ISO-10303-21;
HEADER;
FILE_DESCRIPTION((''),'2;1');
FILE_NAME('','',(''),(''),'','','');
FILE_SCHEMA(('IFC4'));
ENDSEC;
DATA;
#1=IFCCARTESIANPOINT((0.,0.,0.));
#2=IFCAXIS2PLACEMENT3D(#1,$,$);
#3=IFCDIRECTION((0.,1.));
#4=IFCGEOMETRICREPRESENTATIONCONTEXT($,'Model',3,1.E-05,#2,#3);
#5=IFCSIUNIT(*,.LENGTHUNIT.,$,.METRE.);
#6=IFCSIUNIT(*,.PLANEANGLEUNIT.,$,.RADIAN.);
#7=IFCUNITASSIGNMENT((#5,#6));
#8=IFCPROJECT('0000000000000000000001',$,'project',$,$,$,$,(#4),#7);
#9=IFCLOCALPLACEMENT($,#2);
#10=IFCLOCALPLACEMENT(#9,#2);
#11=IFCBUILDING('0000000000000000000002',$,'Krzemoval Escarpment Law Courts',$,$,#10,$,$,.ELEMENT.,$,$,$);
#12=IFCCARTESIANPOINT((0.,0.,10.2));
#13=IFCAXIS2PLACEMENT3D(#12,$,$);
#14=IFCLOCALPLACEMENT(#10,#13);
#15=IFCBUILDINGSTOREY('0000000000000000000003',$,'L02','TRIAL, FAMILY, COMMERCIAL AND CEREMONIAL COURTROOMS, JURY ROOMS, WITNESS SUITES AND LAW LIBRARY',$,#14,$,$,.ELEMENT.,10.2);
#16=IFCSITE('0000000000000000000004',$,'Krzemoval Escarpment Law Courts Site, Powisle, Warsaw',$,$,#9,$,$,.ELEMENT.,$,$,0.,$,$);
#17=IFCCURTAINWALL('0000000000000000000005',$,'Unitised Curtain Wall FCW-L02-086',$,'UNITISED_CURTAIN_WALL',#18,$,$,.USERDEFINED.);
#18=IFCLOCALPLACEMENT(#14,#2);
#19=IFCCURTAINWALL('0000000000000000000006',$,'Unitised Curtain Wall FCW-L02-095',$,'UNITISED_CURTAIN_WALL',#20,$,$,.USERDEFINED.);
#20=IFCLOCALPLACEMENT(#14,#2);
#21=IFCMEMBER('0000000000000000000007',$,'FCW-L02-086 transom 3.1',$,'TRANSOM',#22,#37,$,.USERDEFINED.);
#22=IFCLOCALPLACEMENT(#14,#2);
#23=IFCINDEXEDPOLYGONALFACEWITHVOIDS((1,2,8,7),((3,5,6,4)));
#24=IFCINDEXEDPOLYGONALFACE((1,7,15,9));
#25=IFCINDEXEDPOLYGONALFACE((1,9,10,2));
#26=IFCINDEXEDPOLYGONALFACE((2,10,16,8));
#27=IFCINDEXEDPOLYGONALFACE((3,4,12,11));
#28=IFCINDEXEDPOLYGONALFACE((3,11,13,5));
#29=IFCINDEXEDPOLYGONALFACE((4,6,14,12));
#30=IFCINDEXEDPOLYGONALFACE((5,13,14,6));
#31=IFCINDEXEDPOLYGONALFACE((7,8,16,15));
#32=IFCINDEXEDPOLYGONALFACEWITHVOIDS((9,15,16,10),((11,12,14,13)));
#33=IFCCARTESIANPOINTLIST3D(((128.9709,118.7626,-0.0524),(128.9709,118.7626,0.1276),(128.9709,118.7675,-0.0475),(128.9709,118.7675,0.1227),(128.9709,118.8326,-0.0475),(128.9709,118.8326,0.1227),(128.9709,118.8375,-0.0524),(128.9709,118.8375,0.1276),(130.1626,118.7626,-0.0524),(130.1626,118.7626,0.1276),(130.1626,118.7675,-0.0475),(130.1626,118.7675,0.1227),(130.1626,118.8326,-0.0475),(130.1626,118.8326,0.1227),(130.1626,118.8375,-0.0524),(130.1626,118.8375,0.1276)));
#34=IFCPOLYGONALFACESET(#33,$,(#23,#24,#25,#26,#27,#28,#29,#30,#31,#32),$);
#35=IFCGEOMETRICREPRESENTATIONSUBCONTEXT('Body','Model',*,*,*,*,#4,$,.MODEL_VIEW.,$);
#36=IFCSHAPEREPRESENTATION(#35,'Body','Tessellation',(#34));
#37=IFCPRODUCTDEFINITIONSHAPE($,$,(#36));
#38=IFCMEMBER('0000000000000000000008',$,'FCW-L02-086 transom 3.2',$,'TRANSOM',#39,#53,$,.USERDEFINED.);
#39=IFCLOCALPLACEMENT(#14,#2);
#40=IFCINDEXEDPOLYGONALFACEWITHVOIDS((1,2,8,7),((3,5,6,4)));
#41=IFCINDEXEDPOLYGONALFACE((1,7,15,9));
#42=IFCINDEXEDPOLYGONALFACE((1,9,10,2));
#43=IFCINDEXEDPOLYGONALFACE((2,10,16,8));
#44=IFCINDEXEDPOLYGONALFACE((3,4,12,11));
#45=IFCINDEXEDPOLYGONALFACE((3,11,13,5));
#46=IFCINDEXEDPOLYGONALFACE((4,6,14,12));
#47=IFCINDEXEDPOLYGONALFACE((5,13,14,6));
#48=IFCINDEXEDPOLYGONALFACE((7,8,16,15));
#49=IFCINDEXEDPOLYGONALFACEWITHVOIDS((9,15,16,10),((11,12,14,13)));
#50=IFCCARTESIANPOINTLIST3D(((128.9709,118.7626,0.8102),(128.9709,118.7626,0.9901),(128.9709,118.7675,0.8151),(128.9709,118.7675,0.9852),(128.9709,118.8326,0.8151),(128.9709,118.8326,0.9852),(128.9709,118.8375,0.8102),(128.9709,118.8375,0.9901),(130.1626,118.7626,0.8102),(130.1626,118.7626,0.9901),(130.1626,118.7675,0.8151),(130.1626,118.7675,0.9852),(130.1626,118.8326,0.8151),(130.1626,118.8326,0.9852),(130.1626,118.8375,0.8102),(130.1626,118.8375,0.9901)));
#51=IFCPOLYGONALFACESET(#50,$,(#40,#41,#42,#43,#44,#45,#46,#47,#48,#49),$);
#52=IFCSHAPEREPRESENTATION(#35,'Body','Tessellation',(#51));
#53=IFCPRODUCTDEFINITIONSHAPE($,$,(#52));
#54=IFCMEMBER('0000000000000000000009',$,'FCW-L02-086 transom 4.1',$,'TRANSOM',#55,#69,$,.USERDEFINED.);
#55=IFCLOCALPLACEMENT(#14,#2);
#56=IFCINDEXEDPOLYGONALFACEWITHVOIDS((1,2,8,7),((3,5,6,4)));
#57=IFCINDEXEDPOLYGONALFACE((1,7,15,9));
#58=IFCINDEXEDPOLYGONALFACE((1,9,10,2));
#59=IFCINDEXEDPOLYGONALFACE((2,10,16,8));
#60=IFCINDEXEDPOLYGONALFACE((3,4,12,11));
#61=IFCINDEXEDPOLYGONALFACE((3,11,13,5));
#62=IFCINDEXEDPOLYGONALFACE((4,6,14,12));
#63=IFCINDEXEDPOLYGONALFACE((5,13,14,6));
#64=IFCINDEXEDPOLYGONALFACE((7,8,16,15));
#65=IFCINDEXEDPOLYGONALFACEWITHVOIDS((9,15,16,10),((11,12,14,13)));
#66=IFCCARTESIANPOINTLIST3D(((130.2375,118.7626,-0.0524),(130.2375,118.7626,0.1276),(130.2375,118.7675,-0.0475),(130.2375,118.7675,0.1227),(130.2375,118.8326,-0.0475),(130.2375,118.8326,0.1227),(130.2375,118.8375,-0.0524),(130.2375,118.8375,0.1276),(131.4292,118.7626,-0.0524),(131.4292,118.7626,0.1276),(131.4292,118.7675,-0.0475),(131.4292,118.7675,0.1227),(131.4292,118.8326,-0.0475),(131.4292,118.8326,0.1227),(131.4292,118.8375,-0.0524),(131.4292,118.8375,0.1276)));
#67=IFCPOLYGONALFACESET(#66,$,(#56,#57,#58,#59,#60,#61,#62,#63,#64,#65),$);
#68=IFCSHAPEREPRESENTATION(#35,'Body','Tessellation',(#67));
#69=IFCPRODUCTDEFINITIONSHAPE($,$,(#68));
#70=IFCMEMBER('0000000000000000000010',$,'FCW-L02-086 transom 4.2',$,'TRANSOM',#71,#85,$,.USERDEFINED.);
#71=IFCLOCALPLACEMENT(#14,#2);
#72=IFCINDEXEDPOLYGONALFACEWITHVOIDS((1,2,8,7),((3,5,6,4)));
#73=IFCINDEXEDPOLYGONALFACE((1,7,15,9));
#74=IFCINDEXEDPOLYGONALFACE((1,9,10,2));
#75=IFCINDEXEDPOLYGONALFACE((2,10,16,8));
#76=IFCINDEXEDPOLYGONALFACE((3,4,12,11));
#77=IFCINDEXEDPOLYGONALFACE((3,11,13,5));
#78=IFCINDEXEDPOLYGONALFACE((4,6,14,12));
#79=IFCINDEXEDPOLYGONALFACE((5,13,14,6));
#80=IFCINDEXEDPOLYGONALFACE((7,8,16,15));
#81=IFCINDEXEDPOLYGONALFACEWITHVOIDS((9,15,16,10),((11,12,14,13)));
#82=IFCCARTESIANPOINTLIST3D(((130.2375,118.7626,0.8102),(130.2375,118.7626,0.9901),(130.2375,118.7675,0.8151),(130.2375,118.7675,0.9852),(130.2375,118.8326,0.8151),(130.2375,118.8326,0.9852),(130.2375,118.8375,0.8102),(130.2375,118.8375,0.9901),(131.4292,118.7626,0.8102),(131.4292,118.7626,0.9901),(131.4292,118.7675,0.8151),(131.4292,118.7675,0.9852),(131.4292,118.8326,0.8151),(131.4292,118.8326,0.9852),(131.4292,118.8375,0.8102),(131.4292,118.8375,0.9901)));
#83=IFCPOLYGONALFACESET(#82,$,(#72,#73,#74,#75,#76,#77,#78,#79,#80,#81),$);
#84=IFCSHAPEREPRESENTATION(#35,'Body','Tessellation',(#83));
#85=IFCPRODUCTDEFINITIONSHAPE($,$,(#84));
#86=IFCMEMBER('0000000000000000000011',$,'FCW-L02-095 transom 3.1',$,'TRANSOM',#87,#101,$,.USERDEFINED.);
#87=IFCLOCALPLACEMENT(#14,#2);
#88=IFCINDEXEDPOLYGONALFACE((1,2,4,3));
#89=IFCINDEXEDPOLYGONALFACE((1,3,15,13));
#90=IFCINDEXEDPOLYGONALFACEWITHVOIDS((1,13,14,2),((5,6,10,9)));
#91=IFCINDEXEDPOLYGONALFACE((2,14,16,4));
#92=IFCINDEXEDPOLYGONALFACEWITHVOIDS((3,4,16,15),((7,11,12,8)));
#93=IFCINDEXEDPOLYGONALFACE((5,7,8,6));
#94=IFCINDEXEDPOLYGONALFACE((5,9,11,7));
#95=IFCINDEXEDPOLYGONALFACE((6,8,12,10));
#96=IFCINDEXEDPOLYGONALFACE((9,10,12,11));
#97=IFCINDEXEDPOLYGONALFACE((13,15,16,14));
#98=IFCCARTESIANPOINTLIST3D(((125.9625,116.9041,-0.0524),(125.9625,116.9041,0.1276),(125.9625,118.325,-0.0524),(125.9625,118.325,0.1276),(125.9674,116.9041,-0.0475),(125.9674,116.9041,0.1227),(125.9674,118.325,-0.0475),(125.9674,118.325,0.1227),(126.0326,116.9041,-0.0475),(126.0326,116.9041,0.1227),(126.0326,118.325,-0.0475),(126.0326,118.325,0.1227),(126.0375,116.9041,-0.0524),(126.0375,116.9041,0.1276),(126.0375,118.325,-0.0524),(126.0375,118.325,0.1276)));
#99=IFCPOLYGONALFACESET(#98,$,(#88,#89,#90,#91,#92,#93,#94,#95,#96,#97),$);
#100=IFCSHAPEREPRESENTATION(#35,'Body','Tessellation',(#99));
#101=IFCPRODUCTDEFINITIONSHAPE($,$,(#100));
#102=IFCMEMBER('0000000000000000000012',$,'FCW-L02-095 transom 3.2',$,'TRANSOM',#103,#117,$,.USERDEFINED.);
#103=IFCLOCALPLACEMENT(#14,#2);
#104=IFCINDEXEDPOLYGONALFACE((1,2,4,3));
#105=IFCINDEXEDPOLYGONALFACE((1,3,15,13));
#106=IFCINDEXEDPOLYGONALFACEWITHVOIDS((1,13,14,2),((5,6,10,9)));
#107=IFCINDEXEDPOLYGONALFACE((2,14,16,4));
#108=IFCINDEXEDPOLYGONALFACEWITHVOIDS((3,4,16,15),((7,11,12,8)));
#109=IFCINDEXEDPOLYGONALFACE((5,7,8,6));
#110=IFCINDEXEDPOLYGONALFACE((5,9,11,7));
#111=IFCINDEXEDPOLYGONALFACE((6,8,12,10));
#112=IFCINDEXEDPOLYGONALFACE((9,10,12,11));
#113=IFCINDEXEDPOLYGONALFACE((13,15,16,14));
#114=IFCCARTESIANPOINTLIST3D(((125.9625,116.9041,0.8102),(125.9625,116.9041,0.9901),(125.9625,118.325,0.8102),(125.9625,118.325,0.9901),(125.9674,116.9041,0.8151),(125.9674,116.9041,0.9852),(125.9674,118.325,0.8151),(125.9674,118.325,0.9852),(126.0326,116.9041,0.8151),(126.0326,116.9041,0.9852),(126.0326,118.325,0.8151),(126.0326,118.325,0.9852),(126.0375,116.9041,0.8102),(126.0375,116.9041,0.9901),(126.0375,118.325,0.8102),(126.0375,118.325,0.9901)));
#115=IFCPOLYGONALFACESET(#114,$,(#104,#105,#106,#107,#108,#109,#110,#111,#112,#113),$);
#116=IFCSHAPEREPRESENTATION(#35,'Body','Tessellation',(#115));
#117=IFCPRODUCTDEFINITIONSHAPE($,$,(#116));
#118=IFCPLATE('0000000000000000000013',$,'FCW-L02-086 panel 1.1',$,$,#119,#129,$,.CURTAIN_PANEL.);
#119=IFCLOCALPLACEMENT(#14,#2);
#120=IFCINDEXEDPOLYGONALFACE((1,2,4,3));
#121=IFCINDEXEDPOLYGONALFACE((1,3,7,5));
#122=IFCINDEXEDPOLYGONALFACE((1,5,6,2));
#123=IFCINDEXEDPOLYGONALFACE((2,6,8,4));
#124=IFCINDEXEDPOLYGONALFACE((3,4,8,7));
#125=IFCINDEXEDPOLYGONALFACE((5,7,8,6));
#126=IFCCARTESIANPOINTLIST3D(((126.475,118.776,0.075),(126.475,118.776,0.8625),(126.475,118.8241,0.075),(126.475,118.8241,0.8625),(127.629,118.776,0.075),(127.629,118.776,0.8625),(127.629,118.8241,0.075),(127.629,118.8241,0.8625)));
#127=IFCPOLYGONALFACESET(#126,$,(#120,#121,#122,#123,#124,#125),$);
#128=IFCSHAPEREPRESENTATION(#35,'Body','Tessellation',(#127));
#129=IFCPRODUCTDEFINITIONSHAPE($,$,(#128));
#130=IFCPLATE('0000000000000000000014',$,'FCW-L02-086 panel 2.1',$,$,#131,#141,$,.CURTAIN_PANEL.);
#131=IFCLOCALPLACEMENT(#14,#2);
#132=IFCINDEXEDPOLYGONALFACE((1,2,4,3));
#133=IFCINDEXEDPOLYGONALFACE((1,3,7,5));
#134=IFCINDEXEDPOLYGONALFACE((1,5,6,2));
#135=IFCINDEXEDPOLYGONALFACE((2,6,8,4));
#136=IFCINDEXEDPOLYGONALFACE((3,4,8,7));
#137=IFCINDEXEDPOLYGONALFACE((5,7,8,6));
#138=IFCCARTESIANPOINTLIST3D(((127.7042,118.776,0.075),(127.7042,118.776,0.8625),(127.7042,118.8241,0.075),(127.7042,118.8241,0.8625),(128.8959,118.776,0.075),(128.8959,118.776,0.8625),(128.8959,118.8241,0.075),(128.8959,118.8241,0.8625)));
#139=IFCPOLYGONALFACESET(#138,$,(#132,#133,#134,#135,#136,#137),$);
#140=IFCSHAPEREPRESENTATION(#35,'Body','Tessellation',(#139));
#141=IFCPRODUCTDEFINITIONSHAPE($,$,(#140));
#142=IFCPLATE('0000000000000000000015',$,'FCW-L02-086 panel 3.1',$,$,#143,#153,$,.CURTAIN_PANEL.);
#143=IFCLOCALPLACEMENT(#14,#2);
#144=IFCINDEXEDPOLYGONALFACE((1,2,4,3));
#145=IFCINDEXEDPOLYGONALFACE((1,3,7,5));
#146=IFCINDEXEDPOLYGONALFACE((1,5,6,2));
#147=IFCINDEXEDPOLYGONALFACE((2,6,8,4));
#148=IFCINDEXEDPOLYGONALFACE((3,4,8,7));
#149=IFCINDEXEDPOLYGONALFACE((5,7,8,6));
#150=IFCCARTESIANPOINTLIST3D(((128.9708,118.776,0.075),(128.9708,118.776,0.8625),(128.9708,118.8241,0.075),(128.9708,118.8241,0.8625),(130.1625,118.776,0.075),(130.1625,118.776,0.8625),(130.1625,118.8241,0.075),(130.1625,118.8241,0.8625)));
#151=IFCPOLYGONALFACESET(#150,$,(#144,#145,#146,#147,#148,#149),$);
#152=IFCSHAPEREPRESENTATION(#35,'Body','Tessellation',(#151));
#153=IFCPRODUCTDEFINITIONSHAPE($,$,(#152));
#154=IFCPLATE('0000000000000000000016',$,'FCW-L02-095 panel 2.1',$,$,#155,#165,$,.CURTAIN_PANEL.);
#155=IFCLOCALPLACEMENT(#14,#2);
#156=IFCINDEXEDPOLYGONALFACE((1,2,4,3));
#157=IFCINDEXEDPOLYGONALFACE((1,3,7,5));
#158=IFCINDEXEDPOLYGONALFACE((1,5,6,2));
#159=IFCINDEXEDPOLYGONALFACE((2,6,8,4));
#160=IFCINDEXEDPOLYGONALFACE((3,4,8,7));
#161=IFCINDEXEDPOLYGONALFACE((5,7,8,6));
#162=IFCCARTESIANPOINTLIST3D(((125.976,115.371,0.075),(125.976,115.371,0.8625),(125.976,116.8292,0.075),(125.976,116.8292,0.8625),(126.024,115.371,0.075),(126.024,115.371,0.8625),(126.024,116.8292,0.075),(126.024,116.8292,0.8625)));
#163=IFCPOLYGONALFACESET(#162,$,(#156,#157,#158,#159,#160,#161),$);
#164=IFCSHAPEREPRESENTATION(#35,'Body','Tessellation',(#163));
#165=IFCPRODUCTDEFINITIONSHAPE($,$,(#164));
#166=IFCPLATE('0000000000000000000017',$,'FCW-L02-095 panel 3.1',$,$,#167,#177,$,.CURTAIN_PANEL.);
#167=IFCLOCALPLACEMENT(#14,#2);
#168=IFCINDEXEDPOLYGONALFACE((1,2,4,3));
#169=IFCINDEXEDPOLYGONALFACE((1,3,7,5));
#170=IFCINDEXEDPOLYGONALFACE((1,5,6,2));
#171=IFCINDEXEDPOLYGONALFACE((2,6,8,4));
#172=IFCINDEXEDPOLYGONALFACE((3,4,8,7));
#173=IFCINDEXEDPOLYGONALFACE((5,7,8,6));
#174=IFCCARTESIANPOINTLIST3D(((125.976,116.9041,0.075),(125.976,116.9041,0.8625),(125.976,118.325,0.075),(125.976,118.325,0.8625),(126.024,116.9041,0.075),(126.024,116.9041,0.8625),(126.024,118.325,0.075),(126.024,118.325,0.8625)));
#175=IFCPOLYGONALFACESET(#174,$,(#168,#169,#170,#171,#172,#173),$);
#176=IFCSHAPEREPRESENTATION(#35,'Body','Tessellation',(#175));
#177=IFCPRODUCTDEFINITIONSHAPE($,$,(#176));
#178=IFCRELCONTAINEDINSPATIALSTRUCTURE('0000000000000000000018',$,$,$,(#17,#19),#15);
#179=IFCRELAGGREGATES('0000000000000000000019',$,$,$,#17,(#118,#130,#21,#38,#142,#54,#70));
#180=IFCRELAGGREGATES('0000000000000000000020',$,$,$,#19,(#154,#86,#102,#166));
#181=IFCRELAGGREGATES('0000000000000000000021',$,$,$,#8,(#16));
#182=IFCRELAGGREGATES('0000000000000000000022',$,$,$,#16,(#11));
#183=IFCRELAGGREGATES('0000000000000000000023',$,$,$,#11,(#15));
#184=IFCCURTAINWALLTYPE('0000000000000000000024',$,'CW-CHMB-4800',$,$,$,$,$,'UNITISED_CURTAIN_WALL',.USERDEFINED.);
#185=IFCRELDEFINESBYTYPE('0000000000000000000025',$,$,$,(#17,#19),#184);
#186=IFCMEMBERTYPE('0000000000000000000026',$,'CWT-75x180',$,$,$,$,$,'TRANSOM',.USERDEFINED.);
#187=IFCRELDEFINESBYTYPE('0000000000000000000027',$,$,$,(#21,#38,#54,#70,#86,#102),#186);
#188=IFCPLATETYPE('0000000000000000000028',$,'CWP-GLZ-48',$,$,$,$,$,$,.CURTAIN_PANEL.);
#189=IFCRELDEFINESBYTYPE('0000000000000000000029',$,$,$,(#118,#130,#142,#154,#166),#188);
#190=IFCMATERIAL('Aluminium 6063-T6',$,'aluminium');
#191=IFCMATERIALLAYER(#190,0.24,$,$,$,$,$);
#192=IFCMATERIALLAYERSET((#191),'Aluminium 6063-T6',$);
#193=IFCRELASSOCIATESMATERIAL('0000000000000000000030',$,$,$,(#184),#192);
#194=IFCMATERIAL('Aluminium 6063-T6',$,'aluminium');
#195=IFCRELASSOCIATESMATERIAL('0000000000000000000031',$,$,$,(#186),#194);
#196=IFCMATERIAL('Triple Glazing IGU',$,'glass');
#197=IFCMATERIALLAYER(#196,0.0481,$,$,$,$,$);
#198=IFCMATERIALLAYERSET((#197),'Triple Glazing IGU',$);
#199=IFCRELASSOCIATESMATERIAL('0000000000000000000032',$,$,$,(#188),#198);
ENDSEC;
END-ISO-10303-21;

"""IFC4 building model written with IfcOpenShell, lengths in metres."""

from ifc_helpers import new_model, si_unit, direction, frame, origin, origin_2d, place, context, subcontext, project, spatial, rectangle, hollow_rectangle, extrude, material, layer, layer_set, material_profile, profile_set, type_object, element, aggregate, save


model = new_model("IFC4")

# Units and contexts
model_context = context("Model", 3, precision=1e-05, world=origin(), true_north=direction((0.0, 1.0)))
body_context = subcontext(model_context, "Body", "Model", "MODEL_VIEW")
ifc_project = project(units=[si_unit("LENGTHUNIT", "METRE"), si_unit("PLANEANGLEUNIT", "RADIAN")], contexts=[model_context])

# Site, building, storey
site_placement = place(None, origin())
site = spatial("IfcSite", under=ifc_project, at=site_placement, Name="Krzemoval Escarpment Law Courts Site, Powisle, Warsaw", CompositionType="ELEMENT", RefElevation=0.0)
building_placement = place(site_placement, origin())
building = spatial("IfcBuilding", under=site, at=building_placement, Name="Krzemoval Escarpment Law Courts", CompositionType="ELEMENT")
storey_placement = place(building_placement, frame((0.0, 0.0, 10.2)))
storey = spatial("IfcBuildingStorey", under=building, at=storey_placement, Name="L02", Description="TRIAL, FAMILY, COMMERCIAL AND CEREMONIAL COURTROOMS, JURY ROOMS, WITNESS SUITES AND LAW LIBRARY", CompositionType="ELEMENT", Elevation=10.2)

# Curtain walls
ifc_material_1 = material(Name="Aluminium 6063-T6", Category="aluminium")
ifc_layer_1 = layer(ifc_material_1, 0.24)
ifc_layer_set_1 = layer_set([ifc_layer_1], Name="Aluminium 6063-T6")
curtain_wall_type = type_object("IfcCurtainWallType", Name="CW-CHMB-4800", ElementType="UNITISED_CURTAIN_WALL", PredefinedType="USERDEFINED", material=ifc_layer_set_1)
curtain_wall_1_placement = place(storey_placement, origin())
curtain_wall_1 = element("IfcCurtainWall", 1, at=curtain_wall_1_placement, inside=storey, type_object=curtain_wall_type, Name="Unitised Curtain Wall FCW-L02-086", ObjectType="UNITISED_CURTAIN_WALL", PredefinedType="USERDEFINED")
curtain_wall_2_placement = place(storey_placement, origin())
curtain_wall_2 = element("IfcCurtainWall", 2, at=curtain_wall_2_placement, inside=storey, type_object=curtain_wall_type, Name="Unitised Curtain Wall FCW-L02-095", ObjectType="UNITISED_CURTAIN_WALL", PredefinedType="USERDEFINED")

# Members
ifc_material_2 = material(Name="Aluminium 6063-T6", Category="aluminium")
ifc_material_profile_1 = material_profile(ifc_material_2, hollow_rectangle(XDim=0.075, YDim=0.1799, WallThickness=0.0049, at=origin_2d()), Name="ALU T75x180")
ifc_profile_set_1 = profile_set([ifc_material_profile_1], Name="Aluminium 6063-T6")
member_type_1 = type_object("IfcMemberType", Name="CWT-75x180", ElementType="TRANSOM", PredefinedType="USERDEFINED", material=ifc_profile_set_1)
member_1_placement = place(storey_placement, frame((128.9709, 118.8, 0.0376), z_axis=(1.0, 0.0, 0.0), x_axis=(0.0, 1.0, 0.0)))
member_1 = element("IfcMember", 3, at=member_1_placement, type_object=member_type_1, Name="FCW-L02-086 transom 3.1", ObjectType="TRANSOM", PredefinedType="USERDEFINED", context=body_context, shape_type="SweptSolid", body=[
    extrude(hollow_rectangle(XDim=0.075, YDim=0.1799, WallThickness=0.0049, at=origin_2d()), origin(), (0.0, 0.0, 1.0), 1.1917),
])
member_2_placement = place(storey_placement, frame((128.9709, 118.8, 0.9001), z_axis=(1.0, 0.0, 0.0), x_axis=(0.0, 1.0, 0.0)))
member_2 = element("IfcMember", 4, at=member_2_placement, type_object=member_type_1, Name="FCW-L02-086 transom 3.2", ObjectType="TRANSOM", PredefinedType="USERDEFINED", context=body_context, shape_type="SweptSolid", body=[
    extrude(hollow_rectangle(XDim=0.075, YDim=0.1799, WallThickness=0.0049, at=origin_2d()), origin(), (0.0, 0.0, 1.0), 1.1917),
])
member_3_placement = place(storey_placement, frame((130.2375, 118.8, 0.0376), z_axis=(1.0, 0.0, 0.0), x_axis=(0.0, 1.0, 0.0)))
member_3 = element("IfcMember", 5, at=member_3_placement, type_object=member_type_1, Name="FCW-L02-086 transom 4.1", ObjectType="TRANSOM", PredefinedType="USERDEFINED", context=body_context, shape_type="SweptSolid", body=[
    extrude(hollow_rectangle(XDim=0.075, YDim=0.1799, WallThickness=0.0049, at=origin_2d()), origin(), (0.0, 0.0, 1.0), 1.1917),
])
member_4_placement = place(storey_placement, frame((130.2375, 118.8, 0.9001), z_axis=(1.0, 0.0, 0.0), x_axis=(0.0, 1.0, 0.0)))
member_4 = element("IfcMember", 6, at=member_4_placement, type_object=member_type_1, Name="FCW-L02-086 transom 4.2", ObjectType="TRANSOM", PredefinedType="USERDEFINED", context=body_context, shape_type="SweptSolid", body=[
    extrude(hollow_rectangle(XDim=0.075, YDim=0.1799, WallThickness=0.0049, at=origin_2d()), origin(), (0.0, 0.0, 1.0), 1.1917),
])
member_5_placement = place(storey_placement, frame((126.0, 116.9041, 0.0376), z_axis=(0.0, 1.0, 0.0), x_axis=(-1.0, 0.0, 0.0)))
member_5 = element("IfcMember", 7, at=member_5_placement, type_object=member_type_1, Name="FCW-L02-095 transom 3.1", ObjectType="TRANSOM", PredefinedType="USERDEFINED", context=body_context, shape_type="SweptSolid", body=[
    extrude(hollow_rectangle(XDim=0.075, YDim=0.1799, WallThickness=0.0049, at=origin_2d()), origin(), (0.0, 0.0, 1.0), 1.4209),
])
member_6_placement = place(storey_placement, frame((126.0, 116.9041, 0.9001), z_axis=(0.0, 1.0, 0.0), x_axis=(-1.0, 0.0, 0.0)))
member_6 = element("IfcMember", 8, at=member_6_placement, type_object=member_type_1, Name="FCW-L02-095 transom 3.2", ObjectType="TRANSOM", PredefinedType="USERDEFINED", context=body_context, shape_type="SweptSolid", body=[
    extrude(hollow_rectangle(XDim=0.075, YDim=0.1799, WallThickness=0.0049, at=origin_2d()), origin(), (0.0, 0.0, 1.0), 1.4209),
])

# Plates
ifc_material_3 = material(Name="Triple Glazing IGU", Category="glass")
ifc_layer_2 = layer(ifc_material_3, 0.0481)
ifc_layer_set_2 = layer_set([ifc_layer_2], Name="Triple Glazing IGU")
plate_type = type_object("IfcPlateType", Name="CWP-GLZ-48", PredefinedType="CURTAIN_PANEL", material=ifc_layer_set_2)
plate_1_placement = place(storey_placement, frame((127.052, 118.8, 0.075), z_axis=(0.0, 0.0, 1.0), x_axis=(1.0, 0.0, 0.0)))
plate_1 = element("IfcPlate", 9, at=plate_1_placement, type_object=plate_type, Name="FCW-L02-086 panel 1.1", PredefinedType="CURTAIN_PANEL", context=body_context, shape_type="SweptSolid", body=[
    extrude(rectangle(XDim=1.1541, YDim=0.0481, at=origin_2d()), origin(), (0.0, 0.0, 1.0), 0.7876),
])
plate_2_placement = place(storey_placement, frame((128.3, 118.8, 0.075), z_axis=(0.0, 0.0, 1.0), x_axis=(1.0, 0.0, 0.0)))
plate_2 = element("IfcPlate", 10, at=plate_2_placement, type_object=plate_type, Name="FCW-L02-086 panel 2.1", PredefinedType="CURTAIN_PANEL", context=body_context, shape_type="SweptSolid", body=[
    extrude(rectangle(XDim=1.1917, YDim=0.0481, at=origin_2d()), origin(), (0.0, 0.0, 1.0), 0.7876),
])
plate_3_placement = place(storey_placement, frame((129.5667, 118.8, 0.075), z_axis=(0.0, 0.0, 1.0), x_axis=(1.0, 0.0, 0.0)))
plate_3 = element("IfcPlate", 11, at=plate_3_placement, type_object=plate_type, Name="FCW-L02-086 panel 3.1", PredefinedType="CURTAIN_PANEL", context=body_context, shape_type="SweptSolid", body=[
    extrude(rectangle(XDim=1.1917, YDim=0.0481, at=origin_2d()), origin(), (0.0, 0.0, 1.0), 0.7876),
])
aggregate(curtain_wall_1, [plate_1, plate_2, member_1, member_2, plate_3, member_3, member_4])
plate_4_placement = place(storey_placement, frame((126.0, 116.1001, 0.075), z_axis=(0.0, 0.0, 1.0), x_axis=(0.0, 1.0, 0.0)))
plate_4 = element("IfcPlate", 12, at=plate_4_placement, type_object=plate_type, Name="FCW-L02-095 panel 2.1", PredefinedType="CURTAIN_PANEL", context=body_context, shape_type="SweptSolid", body=[
    extrude(rectangle(XDim=1.4583, YDim=0.0481, at=origin_2d()), origin(), (0.0, 0.0, 1.0), 0.7876),
])
plate_5_placement = place(storey_placement, frame((126.0, 117.6145, 0.075), z_axis=(0.0, 0.0, 1.0), x_axis=(0.0, 1.0, 0.0)))
plate_5 = element("IfcPlate", 13, at=plate_5_placement, type_object=plate_type, Name="FCW-L02-095 panel 3.1", PredefinedType="CURTAIN_PANEL", context=body_context, shape_type="SweptSolid", body=[
    extrude(rectangle(XDim=1.4209, YDim=0.0481, at=origin_2d()), origin(), (0.0, 0.0, 1.0), 0.7876),
])
aggregate(curtain_wall_2, [plate_4, member_5, member_6, plate_5])

save(model, "model.ifc")
